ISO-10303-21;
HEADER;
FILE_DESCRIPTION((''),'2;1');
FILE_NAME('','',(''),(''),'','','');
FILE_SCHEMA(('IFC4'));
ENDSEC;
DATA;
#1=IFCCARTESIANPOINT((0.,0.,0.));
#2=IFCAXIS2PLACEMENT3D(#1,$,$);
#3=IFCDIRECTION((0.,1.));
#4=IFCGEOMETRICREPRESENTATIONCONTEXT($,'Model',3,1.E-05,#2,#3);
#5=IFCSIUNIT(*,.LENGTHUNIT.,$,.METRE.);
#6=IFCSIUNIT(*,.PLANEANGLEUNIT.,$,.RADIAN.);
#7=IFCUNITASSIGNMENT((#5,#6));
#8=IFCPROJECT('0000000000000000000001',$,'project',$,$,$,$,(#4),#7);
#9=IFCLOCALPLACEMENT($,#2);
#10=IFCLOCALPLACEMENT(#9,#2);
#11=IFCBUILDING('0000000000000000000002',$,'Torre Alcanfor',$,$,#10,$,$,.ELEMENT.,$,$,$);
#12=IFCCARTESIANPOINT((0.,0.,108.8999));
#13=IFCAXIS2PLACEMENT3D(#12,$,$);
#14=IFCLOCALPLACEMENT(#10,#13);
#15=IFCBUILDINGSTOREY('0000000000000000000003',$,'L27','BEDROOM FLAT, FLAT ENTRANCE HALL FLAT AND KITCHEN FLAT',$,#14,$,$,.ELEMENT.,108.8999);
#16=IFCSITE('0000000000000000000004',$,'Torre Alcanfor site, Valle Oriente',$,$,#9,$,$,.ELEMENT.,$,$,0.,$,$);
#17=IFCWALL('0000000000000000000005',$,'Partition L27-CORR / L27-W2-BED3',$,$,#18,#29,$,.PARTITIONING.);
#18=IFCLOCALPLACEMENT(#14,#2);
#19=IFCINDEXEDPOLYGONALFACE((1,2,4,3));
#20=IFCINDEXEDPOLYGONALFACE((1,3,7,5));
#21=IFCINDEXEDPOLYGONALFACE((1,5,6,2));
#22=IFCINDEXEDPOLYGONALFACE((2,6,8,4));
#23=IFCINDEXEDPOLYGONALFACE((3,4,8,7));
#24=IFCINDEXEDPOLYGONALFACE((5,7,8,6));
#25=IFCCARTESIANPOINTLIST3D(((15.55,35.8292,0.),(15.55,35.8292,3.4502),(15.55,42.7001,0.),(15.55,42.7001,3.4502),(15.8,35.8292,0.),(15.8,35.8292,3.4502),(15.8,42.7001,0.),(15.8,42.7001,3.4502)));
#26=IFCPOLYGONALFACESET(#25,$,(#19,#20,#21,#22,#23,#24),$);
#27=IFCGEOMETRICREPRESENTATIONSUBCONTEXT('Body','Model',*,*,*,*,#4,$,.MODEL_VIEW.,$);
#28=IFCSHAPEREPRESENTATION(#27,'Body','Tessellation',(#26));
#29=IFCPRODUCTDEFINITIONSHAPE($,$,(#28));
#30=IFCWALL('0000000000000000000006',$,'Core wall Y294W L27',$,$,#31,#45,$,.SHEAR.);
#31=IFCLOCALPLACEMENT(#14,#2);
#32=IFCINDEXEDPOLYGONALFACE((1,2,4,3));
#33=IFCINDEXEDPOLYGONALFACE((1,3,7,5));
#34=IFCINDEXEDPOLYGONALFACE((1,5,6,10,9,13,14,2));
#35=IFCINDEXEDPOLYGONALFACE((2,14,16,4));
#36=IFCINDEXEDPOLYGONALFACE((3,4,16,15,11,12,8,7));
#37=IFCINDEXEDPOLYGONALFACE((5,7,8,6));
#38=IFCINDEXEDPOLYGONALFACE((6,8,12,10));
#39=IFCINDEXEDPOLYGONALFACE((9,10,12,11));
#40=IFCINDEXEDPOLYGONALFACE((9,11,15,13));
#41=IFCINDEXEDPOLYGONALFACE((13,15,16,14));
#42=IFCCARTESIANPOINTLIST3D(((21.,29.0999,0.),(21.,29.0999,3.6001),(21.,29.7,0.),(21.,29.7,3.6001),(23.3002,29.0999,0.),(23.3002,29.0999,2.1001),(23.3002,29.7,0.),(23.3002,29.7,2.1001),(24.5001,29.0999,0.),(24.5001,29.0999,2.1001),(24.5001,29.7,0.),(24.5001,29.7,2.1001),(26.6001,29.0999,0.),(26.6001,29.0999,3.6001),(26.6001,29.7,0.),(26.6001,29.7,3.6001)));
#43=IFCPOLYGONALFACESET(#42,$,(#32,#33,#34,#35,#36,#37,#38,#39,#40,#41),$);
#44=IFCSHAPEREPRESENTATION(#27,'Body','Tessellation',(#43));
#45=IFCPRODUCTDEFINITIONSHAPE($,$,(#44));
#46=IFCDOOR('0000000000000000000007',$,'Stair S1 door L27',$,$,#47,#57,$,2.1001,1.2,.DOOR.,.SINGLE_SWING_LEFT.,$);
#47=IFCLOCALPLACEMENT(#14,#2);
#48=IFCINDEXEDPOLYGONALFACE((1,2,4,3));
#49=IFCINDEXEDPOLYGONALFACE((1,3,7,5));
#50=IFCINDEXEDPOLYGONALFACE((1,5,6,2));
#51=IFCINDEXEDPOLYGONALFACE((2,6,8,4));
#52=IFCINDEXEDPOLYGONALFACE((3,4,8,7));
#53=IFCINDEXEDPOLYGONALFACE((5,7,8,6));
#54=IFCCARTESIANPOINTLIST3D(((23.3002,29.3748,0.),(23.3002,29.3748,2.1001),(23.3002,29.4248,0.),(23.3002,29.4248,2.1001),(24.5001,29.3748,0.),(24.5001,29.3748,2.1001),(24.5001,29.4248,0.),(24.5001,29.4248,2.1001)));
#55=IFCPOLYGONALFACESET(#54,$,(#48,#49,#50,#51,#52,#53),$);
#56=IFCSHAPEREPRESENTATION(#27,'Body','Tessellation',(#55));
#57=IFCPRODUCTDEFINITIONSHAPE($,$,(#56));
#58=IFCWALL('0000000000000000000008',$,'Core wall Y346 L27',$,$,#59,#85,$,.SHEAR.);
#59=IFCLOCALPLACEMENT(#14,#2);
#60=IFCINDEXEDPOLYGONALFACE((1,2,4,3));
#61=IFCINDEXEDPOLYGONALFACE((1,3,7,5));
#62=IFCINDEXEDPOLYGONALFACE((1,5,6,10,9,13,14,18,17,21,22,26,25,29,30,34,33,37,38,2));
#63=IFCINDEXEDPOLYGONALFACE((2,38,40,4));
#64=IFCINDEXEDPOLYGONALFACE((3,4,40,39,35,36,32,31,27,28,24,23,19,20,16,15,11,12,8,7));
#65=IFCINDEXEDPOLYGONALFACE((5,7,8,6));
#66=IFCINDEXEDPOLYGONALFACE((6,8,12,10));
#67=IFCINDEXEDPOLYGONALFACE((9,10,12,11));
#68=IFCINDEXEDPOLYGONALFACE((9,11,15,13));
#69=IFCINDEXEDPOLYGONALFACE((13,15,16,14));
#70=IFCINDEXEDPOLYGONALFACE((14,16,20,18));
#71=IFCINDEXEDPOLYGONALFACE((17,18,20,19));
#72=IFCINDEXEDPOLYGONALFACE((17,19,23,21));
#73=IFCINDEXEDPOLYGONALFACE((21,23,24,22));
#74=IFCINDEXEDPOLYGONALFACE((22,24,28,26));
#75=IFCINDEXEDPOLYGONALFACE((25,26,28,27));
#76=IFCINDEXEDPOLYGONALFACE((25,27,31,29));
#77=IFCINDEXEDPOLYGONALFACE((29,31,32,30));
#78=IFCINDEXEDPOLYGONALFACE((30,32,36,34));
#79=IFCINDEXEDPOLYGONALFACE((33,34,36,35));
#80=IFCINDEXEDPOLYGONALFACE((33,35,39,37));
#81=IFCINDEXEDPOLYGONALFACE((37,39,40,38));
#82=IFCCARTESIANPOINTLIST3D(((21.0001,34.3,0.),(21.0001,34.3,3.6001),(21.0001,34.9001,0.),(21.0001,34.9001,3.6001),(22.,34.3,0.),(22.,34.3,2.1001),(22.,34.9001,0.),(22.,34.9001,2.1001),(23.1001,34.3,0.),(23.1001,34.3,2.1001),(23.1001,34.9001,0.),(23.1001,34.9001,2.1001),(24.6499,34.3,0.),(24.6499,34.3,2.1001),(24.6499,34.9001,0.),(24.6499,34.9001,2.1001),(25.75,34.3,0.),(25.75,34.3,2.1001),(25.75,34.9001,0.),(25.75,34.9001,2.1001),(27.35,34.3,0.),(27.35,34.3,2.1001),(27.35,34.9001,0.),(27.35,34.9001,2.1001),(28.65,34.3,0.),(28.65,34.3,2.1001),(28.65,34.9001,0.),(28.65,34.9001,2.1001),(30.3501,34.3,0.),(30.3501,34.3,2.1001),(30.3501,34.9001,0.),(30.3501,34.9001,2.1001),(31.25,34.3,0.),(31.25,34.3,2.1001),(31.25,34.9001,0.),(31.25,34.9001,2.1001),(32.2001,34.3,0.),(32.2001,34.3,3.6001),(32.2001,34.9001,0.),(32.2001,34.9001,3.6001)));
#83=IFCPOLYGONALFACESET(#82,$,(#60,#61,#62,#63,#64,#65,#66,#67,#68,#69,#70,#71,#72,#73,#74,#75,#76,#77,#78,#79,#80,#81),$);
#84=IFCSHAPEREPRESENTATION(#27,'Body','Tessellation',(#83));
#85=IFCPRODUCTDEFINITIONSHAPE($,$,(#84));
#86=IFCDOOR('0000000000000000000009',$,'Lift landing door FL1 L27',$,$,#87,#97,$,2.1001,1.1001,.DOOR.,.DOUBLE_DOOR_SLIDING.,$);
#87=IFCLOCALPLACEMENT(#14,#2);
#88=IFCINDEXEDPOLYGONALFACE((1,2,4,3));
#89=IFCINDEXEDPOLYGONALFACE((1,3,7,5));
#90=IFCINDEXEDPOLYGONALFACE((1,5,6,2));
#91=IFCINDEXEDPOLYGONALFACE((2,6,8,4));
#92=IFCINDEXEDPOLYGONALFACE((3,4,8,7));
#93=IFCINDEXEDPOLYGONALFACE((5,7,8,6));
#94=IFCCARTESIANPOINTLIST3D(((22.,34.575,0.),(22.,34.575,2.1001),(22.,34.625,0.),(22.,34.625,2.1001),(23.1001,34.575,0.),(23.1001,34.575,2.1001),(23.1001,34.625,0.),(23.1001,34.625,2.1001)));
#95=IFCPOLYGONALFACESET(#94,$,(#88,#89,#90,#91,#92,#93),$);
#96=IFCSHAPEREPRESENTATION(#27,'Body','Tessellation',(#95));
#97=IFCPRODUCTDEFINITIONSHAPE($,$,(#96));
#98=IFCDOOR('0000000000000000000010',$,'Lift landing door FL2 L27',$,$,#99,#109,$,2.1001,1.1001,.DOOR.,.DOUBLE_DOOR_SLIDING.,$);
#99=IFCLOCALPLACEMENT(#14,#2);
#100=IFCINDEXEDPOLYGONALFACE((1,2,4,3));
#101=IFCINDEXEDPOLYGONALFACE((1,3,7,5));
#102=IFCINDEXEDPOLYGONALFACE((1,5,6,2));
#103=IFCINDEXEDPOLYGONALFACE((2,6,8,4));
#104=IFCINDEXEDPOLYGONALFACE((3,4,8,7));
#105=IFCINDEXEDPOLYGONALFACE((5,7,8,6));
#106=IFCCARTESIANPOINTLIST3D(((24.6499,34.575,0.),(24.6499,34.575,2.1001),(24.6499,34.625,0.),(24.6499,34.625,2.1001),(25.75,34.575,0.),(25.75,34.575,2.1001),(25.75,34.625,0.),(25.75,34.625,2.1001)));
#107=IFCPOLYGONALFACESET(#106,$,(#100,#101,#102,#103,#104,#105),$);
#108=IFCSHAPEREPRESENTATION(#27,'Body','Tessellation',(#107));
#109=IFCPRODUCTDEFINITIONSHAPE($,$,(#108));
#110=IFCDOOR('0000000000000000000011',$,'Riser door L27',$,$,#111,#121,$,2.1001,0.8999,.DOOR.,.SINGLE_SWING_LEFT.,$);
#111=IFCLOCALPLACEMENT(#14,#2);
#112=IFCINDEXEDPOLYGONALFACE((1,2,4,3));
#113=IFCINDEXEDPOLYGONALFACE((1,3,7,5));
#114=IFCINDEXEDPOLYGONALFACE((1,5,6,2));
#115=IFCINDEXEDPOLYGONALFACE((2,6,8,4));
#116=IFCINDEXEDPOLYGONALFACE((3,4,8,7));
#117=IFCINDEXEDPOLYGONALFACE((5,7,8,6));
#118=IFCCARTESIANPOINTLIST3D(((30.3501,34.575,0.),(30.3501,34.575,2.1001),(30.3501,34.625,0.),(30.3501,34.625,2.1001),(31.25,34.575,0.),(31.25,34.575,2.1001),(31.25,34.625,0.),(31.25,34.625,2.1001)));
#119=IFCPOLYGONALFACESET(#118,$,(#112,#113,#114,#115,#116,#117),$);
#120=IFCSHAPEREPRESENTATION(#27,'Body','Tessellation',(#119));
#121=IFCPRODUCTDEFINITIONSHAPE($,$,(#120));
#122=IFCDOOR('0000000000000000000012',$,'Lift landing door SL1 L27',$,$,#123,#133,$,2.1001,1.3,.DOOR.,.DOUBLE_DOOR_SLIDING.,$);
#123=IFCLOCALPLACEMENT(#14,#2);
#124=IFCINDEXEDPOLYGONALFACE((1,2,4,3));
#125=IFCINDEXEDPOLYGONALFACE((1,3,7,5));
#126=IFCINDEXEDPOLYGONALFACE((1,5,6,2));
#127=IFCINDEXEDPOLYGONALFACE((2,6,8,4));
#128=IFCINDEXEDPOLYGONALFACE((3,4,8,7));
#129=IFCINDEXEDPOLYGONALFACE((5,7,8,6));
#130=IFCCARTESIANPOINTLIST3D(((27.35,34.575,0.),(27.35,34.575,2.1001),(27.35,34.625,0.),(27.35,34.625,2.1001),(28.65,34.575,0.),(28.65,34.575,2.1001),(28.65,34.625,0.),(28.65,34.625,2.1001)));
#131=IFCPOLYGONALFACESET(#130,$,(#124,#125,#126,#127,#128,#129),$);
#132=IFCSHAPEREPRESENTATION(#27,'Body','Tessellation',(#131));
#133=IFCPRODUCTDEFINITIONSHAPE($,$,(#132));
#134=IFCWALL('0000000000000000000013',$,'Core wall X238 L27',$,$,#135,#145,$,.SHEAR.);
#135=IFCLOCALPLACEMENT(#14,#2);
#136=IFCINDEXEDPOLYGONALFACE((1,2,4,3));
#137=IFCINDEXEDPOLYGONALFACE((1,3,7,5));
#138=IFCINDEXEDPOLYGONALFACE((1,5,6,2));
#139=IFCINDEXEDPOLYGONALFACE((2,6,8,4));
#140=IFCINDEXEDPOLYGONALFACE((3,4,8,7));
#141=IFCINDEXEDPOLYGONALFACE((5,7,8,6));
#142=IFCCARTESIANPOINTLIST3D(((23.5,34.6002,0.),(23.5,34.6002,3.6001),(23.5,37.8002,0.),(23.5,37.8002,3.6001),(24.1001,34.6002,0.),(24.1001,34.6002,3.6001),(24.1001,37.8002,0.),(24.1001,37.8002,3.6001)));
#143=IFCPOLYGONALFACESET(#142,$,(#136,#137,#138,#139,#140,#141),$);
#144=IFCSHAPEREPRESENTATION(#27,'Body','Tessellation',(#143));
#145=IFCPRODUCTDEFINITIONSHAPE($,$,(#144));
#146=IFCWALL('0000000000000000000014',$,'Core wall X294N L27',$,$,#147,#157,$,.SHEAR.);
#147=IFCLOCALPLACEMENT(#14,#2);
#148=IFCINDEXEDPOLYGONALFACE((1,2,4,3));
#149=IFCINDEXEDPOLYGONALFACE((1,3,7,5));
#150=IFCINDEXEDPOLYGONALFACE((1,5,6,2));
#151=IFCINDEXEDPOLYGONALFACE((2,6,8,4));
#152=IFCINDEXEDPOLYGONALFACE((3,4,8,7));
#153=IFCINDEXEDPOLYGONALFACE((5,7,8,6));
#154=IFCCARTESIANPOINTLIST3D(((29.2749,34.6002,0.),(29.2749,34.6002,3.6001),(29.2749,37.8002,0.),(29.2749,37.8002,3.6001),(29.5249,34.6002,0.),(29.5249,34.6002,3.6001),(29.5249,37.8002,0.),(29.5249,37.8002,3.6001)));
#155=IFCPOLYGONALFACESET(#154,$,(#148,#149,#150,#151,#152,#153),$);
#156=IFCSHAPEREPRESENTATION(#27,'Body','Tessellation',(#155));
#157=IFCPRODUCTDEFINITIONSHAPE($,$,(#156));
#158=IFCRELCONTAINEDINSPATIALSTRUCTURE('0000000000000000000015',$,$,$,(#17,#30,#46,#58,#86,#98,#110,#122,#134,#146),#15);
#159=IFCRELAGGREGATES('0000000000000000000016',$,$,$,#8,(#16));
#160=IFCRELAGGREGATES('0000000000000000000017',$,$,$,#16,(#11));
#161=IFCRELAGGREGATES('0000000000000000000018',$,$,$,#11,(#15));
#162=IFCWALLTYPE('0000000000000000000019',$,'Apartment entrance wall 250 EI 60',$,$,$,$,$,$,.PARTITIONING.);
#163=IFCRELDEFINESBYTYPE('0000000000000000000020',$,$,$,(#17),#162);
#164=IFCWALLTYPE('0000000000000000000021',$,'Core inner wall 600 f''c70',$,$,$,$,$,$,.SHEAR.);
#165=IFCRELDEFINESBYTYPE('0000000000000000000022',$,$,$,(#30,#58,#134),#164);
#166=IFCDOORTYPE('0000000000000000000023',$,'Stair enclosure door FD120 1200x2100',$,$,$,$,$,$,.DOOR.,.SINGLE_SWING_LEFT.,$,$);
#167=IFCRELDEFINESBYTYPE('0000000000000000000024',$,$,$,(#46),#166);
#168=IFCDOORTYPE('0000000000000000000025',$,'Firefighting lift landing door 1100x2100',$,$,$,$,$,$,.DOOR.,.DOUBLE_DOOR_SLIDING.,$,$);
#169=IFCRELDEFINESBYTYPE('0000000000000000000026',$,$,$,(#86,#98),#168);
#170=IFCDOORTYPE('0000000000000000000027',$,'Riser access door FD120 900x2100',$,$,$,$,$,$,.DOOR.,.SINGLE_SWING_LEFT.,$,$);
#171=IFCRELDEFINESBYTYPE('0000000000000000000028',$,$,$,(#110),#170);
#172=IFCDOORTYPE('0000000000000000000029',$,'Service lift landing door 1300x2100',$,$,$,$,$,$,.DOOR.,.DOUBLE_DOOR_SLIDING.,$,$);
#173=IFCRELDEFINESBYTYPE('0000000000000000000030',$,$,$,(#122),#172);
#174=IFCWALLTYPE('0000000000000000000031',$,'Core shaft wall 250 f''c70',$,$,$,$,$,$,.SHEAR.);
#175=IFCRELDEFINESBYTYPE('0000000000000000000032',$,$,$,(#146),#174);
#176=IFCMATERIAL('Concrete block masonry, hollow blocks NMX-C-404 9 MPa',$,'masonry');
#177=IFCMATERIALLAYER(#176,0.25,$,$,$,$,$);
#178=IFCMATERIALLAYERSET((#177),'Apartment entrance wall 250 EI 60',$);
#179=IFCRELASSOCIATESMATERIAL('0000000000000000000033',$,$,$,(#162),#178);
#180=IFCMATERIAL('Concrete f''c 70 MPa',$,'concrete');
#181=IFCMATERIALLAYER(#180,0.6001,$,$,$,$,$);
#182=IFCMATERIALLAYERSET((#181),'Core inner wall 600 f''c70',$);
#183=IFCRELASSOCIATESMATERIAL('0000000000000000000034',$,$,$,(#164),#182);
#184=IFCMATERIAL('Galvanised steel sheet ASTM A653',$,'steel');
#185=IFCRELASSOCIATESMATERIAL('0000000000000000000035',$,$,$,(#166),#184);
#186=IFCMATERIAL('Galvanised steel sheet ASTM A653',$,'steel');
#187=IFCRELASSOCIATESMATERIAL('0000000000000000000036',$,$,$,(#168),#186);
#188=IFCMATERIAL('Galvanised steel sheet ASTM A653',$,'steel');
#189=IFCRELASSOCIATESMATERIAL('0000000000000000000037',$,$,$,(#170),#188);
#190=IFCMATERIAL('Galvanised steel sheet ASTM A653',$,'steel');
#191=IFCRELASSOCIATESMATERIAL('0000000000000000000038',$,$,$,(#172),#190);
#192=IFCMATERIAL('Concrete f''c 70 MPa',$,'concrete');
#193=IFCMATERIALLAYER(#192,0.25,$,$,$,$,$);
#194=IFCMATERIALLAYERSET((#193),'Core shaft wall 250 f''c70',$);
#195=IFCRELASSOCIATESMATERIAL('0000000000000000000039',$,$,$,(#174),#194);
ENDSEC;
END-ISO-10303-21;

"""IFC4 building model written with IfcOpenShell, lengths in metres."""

from ifc_helpers import new_model, si_unit, direction, frame, frame_2d, origin, place, context, subcontext, project, spatial, rectangle, extrude, material, layer, layer_set, type_object, element, fill, save


model = new_model("IFC4")

# Units and contexts
model_context = context("Model", 3, precision=1e-05, world=origin(), true_north=direction((0.0, 1.0)))
body_context = subcontext(model_context, "Body", "Model", "MODEL_VIEW")
ifc_project = project(units=[si_unit("LENGTHUNIT", "METRE"), si_unit("PLANEANGLEUNIT", "RADIAN")], contexts=[model_context])

# Site, building, storey
site_placement = place(None, origin())
site = spatial("IfcSite", under=ifc_project, at=site_placement, Name="Torre Alcanfor site, Valle Oriente", CompositionType="ELEMENT", RefElevation=0.0)
building_placement = place(site_placement, origin())
building = spatial("IfcBuilding", under=site, at=building_placement, Name="Torre Alcanfor", CompositionType="ELEMENT")
storey_placement = place(building_placement, frame((0.0, 0.0, 108.8999)))
storey = spatial("IfcBuildingStorey", under=building, at=storey_placement, Name="L27", Description="BEDROOM FLAT, FLAT ENTRANCE HALL FLAT AND KITCHEN FLAT", CompositionType="ELEMENT", Elevation=108.8999)

# Wall
ifc_material_1 = material(Name="Concrete block masonry, hollow blocks NMX-C-404 9 MPa", Category="masonry")
ifc_layer_1 = layer(ifc_material_1, 0.25)
ifc_layer_set_1 = layer_set([ifc_layer_1], Name="Apartment entrance wall 250 EI 60")
wall_type_1 = type_object("IfcWallType", Name="Apartment entrance wall 250 EI 60", PredefinedType="PARTITIONING", material=ifc_layer_set_1)
wall_1_placement = place(storey_placement, frame((15.675, 35.8291, 0.0), z_axis=(0.0, 0.0, 1.0), x_axis=(0.0, 1.0, 0.0)))
element("IfcWall", 1, at=wall_1_placement, inside=storey, type_object=wall_type_1, Name="Partition L27-CORR / L27-W2-BED3", PredefinedType="PARTITIONING", context=body_context, shape_type="SweptSolid", body=[
    extrude(rectangle(XDim=6.8708, YDim=0.25, at=frame_2d((3.4355, 0.0))), origin(), (0.0, 0.0, 1.0), 3.4502),
])

# Wall, opening, door
ifc_material_2 = material(Name="Concrete f'c 70 MPa", Category="concrete")
ifc_layer_2 = layer(ifc_material_2, 0.6001)
ifc_layer_set_2 = layer_set([ifc_layer_2], Name="Core inner wall 600 f'c70")
wall_type_2 = type_object("IfcWallType", Name="Core inner wall 600 f'c70", PredefinedType="SHEAR", material=ifc_layer_set_2)
wall_2_placement = place(storey_placement, frame((21.0, 29.3999, 0.0), z_axis=(0.0, 0.0, 1.0), x_axis=(1.0, 0.0, 0.0)))
wall_2 = element("IfcWall", 2, at=wall_2_placement, inside=storey, type_object=wall_type_2, Name="Core wall Y294W L27", PredefinedType="SHEAR", context=body_context, shape_type="SweptSolid", body=[
    extrude(rectangle(XDim=5.6001, YDim=0.6001, at=frame_2d((2.8, 0.0))), origin(), (0.0, 0.0, 1.0), 3.6001),
])
opening_1_placement = place(wall_2_placement, frame((2.3, 0.0, 0.0)))
opening_1 = element("IfcOpeningElement", 3, at=opening_1_placement, cuts=wall_2, PredefinedType="OPENING", context=body_context, shape_type="SweptSolid", body=[
    extrude(rectangle(XDim=1.2, YDim=2.1001, at=frame_2d((0.6001, 1.05))), frame((0.0, 0.3101, 0.0), z_axis=(0.0, -1.0, 0.0), x_axis=(1.0, 0.0, 0.0)), (0.0, 0.0, 1.0), 0.6201),
])
ifc_material_3 = material(Name="Galvanised steel sheet ASTM A653", Category="steel")
door_type_1 = type_object("IfcDoorType", Name="Stair enclosure door FD120 1200x2100", OperationType="SINGLE_SWING_LEFT", PredefinedType="DOOR", material=ifc_material_3)
door_1_placement = place(opening_1_placement, frame((1.2, 0.0, 0.0), z_axis=(0.0, 0.0, 1.0), x_axis=(-1.0, 0.0, 0.0)))
door_1 = element("IfcDoor", 4, at=door_1_placement, inside=storey, type_object=door_type_1, Name="Stair S1 door L27", OperationType="SINGLE_SWING_LEFT", OverallHeight=2.1001, OverallWidth=1.2, PredefinedType="DOOR", context=body_context, shape_type="SweptSolid", body=[
    extrude(rectangle(XDim=1.2, YDim=2.1001, at=frame_2d((0.5999, 1.05))), frame((0.0, 0.0251, 0.0), z_axis=(0.0, -1.0, 0.0), x_axis=(1.0, 0.0, 0.0)), (0.0, 0.0, 1.0), 0.05),
])
fill(opening_1, door_1)

# Wall, openings, doors
wall_3_placement = place(storey_placement, frame((21.0, 34.6001, 0.0), z_axis=(0.0, 0.0, 1.0), x_axis=(1.0, 0.0, 0.0)))
wall_3 = element("IfcWall", 5, at=wall_3_placement, inside=storey, type_object=wall_type_2, Name="Core wall Y346 L27", PredefinedType="SHEAR", context=body_context, shape_type="SweptSolid", body=[
    extrude(rectangle(XDim=11.2, YDim=0.6001, at=frame_2d((5.6001, 0.0))), origin(), (0.0, 0.0, 1.0), 3.6001),
])
opening_2_placement = place(wall_3_placement, frame((9.3501, 0.0, 0.0)))
opening_2 = element("IfcOpeningElement", 6, at=opening_2_placement, cuts=wall_3, PredefinedType="OPENING", context=body_context, shape_type="SweptSolid", body=[
    extrude(rectangle(XDim=0.8999, YDim=2.1001, at=frame_2d((0.45, 1.05))), frame((0.0, 0.3101, 0.0), z_axis=(0.0, -1.0, 0.0), x_axis=(1.0, 0.0, 0.0)), (0.0, 0.0, 1.0), 0.6201),
])
opening_3_placement = place(wall_3_placement, frame((1.0, 0.0, 0.0)))
opening_3 = element("IfcOpeningElement", 7, at=opening_3_placement, cuts=wall_3, PredefinedType="OPENING", context=body_context, shape_type="SweptSolid", body=[
    extrude(rectangle(XDim=1.1001, YDim=2.1001, at=frame_2d((0.55, 1.05))), frame((0.0, 0.3101, 0.0), z_axis=(0.0, -1.0, 0.0), x_axis=(1.0, 0.0, 0.0)), (0.0, 0.0, 1.0), 0.6201),
])
opening_4_placement = place(wall_3_placement, frame((3.6499, 0.0, 0.0)))
opening_4 = element("IfcOpeningElement", 8, at=opening_4_placement, cuts=wall_3, PredefinedType="OPENING", context=body_context, shape_type="SweptSolid", body=[
    extrude(rectangle(XDim=1.1001, YDim=2.1001, at=frame_2d((0.55, 1.05))), frame((0.0, 0.3101, 0.0), z_axis=(0.0, -1.0, 0.0), x_axis=(1.0, 0.0, 0.0)), (0.0, 0.0, 1.0), 0.6201),
])
opening_5_placement = place(wall_3_placement, frame((6.3501, 0.0, 0.0)))
opening_5 = element("IfcOpeningElement", 9, at=opening_5_placement, cuts=wall_3, PredefinedType="OPENING", context=body_context, shape_type="SweptSolid", body=[
    extrude(rectangle(XDim=1.3, YDim=2.1001, at=frame_2d((0.6499, 1.05))), frame((0.0, 0.3101, 0.0), z_axis=(0.0, -1.0, 0.0), x_axis=(1.0, 0.0, 0.0)), (0.0, 0.0, 1.0), 0.6201),
])
ifc_material_4 = material(Name="Galvanised steel sheet ASTM A653", Category="steel")
door_type_2 = type_object("IfcDoorType", Name="Firefighting lift landing door 1100x2100", OperationType="DOUBLE_DOOR_SLIDING", PredefinedType="DOOR", material=ifc_material_4)
door_2_placement = place(opening_3_placement, origin())
door_2 = element("IfcDoor", 10, at=door_2_placement, inside=storey, type_object=door_type_2, Name="Lift landing door FL1 L27", OperationType="DOUBLE_DOOR_SLIDING", OverallHeight=2.1001, OverallWidth=1.1001, PredefinedType="DOOR", context=body_context, shape_type="SweptSolid", body=[
    extrude(rectangle(XDim=1.1001, YDim=2.1001, at=frame_2d((0.55, 1.05))), frame((0.0, 0.0249, 0.0), z_axis=(0.0, -1.0, 0.0), x_axis=(1.0, 0.0, 0.0)), (0.0, 0.0, 1.0), 0.05),
])
fill(opening_3, door_2)
door_3_placement = place(opening_4_placement, origin())
door_3 = element("IfcDoor", 11, at=door_3_placement, inside=storey, type_object=door_type_2, Name="Lift landing door FL2 L27", OperationType="DOUBLE_DOOR_SLIDING", OverallHeight=2.1001, OverallWidth=1.1001, PredefinedType="DOOR", context=body_context, shape_type="SweptSolid", body=[
    extrude(rectangle(XDim=1.1001, YDim=2.1001, at=frame_2d((0.55, 1.05))), frame((0.0, 0.0249, 0.0), z_axis=(0.0, -1.0, 0.0), x_axis=(1.0, 0.0, 0.0)), (0.0, 0.0, 1.0), 0.05),
])
fill(opening_4, door_3)
ifc_material_5 = material(Name="Galvanised steel sheet ASTM A653", Category="steel")
door_type_3 = type_object("IfcDoorType", Name="Riser access door FD120 900x2100", OperationType="SINGLE_SWING_LEFT", PredefinedType="DOOR", material=ifc_material_5)
door_4_placement = place(opening_2_placement, origin())
door_4 = element("IfcDoor", 12, at=door_4_placement, inside=storey, type_object=door_type_3, Name="Riser door L27", OperationType="SINGLE_SWING_LEFT", OverallHeight=2.1001, OverallWidth=0.8999, PredefinedType="DOOR", context=body_context, shape_type="SweptSolid", body=[
    extrude(rectangle(XDim=0.8999, YDim=2.1001, at=frame_2d((0.45, 1.05))), frame((0.0, 0.0249, 0.0), z_axis=(0.0, -1.0, 0.0), x_axis=(1.0, 0.0, 0.0)), (0.0, 0.0, 1.0), 0.05),
])
fill(opening_2, door_4)
ifc_material_6 = material(Name="Galvanised steel sheet ASTM A653", Category="steel")
door_type_4 = type_object("IfcDoorType", Name="Service lift landing door 1300x2100", OperationType="DOUBLE_DOOR_SLIDING", PredefinedType="DOOR", material=ifc_material_6)
door_5_placement = place(opening_5_placement, origin())
door_5 = element("IfcDoor", 13, at=door_5_placement, inside=storey, type_object=door_type_4, Name="Lift landing door SL1 L27", OperationType="DOUBLE_DOOR_SLIDING", OverallHeight=2.1001, OverallWidth=1.3, PredefinedType="DOOR", context=body_context, shape_type="SweptSolid", body=[
    extrude(rectangle(XDim=1.3, YDim=2.1001, at=frame_2d((0.6499, 1.05))), frame((0.0, 0.0249, 0.0), z_axis=(0.0, -1.0, 0.0), x_axis=(1.0, 0.0, 0.0)), (0.0, 0.0, 1.0), 0.05),
])
fill(opening_5, door_5)

# Walls
wall_4_placement = place(storey_placement, frame((23.8, 34.6001, 0.0), z_axis=(0.0, 0.0, 1.0), x_axis=(0.0, 1.0, 0.0)))
element("IfcWall", 14, at=wall_4_placement, inside=storey, type_object=wall_type_2, Name="Core wall X238 L27", PredefinedType="SHEAR", context=body_context, shape_type="SweptSolid", body=[
    extrude(rectangle(XDim=3.2, YDim=0.6001, at=frame_2d((1.6001, 0.0))), origin(), (0.0, 0.0, 1.0), 3.6001),
])
ifc_material_7 = material(Name="Concrete f'c 70 MPa", Category="concrete")
ifc_layer_3 = layer(ifc_material_7, 0.25)
ifc_layer_set_3 = layer_set([ifc_layer_3], Name="Core shaft wall 250 f'c70")
wall_type_3 = type_object("IfcWallType", Name="Core shaft wall 250 f'c70", PredefinedType="SHEAR", material=ifc_layer_set_3)
wall_5_placement = place(storey_placement, frame((29.3999, 34.6001, 0.0), z_axis=(0.0, 0.0, 1.0), x_axis=(0.0, 1.0, 0.0)))
element("IfcWall", 15, at=wall_5_placement, inside=storey, type_object=wall_type_3, Name="Core wall X294N L27", PredefinedType="SHEAR", context=body_context, shape_type="SweptSolid", body=[
    extrude(rectangle(XDim=3.2, YDim=0.25, at=frame_2d((1.6001, 0.0))), origin(), (0.0, 0.0, 1.0), 3.6001),
])

save(model, "model.ifc")
